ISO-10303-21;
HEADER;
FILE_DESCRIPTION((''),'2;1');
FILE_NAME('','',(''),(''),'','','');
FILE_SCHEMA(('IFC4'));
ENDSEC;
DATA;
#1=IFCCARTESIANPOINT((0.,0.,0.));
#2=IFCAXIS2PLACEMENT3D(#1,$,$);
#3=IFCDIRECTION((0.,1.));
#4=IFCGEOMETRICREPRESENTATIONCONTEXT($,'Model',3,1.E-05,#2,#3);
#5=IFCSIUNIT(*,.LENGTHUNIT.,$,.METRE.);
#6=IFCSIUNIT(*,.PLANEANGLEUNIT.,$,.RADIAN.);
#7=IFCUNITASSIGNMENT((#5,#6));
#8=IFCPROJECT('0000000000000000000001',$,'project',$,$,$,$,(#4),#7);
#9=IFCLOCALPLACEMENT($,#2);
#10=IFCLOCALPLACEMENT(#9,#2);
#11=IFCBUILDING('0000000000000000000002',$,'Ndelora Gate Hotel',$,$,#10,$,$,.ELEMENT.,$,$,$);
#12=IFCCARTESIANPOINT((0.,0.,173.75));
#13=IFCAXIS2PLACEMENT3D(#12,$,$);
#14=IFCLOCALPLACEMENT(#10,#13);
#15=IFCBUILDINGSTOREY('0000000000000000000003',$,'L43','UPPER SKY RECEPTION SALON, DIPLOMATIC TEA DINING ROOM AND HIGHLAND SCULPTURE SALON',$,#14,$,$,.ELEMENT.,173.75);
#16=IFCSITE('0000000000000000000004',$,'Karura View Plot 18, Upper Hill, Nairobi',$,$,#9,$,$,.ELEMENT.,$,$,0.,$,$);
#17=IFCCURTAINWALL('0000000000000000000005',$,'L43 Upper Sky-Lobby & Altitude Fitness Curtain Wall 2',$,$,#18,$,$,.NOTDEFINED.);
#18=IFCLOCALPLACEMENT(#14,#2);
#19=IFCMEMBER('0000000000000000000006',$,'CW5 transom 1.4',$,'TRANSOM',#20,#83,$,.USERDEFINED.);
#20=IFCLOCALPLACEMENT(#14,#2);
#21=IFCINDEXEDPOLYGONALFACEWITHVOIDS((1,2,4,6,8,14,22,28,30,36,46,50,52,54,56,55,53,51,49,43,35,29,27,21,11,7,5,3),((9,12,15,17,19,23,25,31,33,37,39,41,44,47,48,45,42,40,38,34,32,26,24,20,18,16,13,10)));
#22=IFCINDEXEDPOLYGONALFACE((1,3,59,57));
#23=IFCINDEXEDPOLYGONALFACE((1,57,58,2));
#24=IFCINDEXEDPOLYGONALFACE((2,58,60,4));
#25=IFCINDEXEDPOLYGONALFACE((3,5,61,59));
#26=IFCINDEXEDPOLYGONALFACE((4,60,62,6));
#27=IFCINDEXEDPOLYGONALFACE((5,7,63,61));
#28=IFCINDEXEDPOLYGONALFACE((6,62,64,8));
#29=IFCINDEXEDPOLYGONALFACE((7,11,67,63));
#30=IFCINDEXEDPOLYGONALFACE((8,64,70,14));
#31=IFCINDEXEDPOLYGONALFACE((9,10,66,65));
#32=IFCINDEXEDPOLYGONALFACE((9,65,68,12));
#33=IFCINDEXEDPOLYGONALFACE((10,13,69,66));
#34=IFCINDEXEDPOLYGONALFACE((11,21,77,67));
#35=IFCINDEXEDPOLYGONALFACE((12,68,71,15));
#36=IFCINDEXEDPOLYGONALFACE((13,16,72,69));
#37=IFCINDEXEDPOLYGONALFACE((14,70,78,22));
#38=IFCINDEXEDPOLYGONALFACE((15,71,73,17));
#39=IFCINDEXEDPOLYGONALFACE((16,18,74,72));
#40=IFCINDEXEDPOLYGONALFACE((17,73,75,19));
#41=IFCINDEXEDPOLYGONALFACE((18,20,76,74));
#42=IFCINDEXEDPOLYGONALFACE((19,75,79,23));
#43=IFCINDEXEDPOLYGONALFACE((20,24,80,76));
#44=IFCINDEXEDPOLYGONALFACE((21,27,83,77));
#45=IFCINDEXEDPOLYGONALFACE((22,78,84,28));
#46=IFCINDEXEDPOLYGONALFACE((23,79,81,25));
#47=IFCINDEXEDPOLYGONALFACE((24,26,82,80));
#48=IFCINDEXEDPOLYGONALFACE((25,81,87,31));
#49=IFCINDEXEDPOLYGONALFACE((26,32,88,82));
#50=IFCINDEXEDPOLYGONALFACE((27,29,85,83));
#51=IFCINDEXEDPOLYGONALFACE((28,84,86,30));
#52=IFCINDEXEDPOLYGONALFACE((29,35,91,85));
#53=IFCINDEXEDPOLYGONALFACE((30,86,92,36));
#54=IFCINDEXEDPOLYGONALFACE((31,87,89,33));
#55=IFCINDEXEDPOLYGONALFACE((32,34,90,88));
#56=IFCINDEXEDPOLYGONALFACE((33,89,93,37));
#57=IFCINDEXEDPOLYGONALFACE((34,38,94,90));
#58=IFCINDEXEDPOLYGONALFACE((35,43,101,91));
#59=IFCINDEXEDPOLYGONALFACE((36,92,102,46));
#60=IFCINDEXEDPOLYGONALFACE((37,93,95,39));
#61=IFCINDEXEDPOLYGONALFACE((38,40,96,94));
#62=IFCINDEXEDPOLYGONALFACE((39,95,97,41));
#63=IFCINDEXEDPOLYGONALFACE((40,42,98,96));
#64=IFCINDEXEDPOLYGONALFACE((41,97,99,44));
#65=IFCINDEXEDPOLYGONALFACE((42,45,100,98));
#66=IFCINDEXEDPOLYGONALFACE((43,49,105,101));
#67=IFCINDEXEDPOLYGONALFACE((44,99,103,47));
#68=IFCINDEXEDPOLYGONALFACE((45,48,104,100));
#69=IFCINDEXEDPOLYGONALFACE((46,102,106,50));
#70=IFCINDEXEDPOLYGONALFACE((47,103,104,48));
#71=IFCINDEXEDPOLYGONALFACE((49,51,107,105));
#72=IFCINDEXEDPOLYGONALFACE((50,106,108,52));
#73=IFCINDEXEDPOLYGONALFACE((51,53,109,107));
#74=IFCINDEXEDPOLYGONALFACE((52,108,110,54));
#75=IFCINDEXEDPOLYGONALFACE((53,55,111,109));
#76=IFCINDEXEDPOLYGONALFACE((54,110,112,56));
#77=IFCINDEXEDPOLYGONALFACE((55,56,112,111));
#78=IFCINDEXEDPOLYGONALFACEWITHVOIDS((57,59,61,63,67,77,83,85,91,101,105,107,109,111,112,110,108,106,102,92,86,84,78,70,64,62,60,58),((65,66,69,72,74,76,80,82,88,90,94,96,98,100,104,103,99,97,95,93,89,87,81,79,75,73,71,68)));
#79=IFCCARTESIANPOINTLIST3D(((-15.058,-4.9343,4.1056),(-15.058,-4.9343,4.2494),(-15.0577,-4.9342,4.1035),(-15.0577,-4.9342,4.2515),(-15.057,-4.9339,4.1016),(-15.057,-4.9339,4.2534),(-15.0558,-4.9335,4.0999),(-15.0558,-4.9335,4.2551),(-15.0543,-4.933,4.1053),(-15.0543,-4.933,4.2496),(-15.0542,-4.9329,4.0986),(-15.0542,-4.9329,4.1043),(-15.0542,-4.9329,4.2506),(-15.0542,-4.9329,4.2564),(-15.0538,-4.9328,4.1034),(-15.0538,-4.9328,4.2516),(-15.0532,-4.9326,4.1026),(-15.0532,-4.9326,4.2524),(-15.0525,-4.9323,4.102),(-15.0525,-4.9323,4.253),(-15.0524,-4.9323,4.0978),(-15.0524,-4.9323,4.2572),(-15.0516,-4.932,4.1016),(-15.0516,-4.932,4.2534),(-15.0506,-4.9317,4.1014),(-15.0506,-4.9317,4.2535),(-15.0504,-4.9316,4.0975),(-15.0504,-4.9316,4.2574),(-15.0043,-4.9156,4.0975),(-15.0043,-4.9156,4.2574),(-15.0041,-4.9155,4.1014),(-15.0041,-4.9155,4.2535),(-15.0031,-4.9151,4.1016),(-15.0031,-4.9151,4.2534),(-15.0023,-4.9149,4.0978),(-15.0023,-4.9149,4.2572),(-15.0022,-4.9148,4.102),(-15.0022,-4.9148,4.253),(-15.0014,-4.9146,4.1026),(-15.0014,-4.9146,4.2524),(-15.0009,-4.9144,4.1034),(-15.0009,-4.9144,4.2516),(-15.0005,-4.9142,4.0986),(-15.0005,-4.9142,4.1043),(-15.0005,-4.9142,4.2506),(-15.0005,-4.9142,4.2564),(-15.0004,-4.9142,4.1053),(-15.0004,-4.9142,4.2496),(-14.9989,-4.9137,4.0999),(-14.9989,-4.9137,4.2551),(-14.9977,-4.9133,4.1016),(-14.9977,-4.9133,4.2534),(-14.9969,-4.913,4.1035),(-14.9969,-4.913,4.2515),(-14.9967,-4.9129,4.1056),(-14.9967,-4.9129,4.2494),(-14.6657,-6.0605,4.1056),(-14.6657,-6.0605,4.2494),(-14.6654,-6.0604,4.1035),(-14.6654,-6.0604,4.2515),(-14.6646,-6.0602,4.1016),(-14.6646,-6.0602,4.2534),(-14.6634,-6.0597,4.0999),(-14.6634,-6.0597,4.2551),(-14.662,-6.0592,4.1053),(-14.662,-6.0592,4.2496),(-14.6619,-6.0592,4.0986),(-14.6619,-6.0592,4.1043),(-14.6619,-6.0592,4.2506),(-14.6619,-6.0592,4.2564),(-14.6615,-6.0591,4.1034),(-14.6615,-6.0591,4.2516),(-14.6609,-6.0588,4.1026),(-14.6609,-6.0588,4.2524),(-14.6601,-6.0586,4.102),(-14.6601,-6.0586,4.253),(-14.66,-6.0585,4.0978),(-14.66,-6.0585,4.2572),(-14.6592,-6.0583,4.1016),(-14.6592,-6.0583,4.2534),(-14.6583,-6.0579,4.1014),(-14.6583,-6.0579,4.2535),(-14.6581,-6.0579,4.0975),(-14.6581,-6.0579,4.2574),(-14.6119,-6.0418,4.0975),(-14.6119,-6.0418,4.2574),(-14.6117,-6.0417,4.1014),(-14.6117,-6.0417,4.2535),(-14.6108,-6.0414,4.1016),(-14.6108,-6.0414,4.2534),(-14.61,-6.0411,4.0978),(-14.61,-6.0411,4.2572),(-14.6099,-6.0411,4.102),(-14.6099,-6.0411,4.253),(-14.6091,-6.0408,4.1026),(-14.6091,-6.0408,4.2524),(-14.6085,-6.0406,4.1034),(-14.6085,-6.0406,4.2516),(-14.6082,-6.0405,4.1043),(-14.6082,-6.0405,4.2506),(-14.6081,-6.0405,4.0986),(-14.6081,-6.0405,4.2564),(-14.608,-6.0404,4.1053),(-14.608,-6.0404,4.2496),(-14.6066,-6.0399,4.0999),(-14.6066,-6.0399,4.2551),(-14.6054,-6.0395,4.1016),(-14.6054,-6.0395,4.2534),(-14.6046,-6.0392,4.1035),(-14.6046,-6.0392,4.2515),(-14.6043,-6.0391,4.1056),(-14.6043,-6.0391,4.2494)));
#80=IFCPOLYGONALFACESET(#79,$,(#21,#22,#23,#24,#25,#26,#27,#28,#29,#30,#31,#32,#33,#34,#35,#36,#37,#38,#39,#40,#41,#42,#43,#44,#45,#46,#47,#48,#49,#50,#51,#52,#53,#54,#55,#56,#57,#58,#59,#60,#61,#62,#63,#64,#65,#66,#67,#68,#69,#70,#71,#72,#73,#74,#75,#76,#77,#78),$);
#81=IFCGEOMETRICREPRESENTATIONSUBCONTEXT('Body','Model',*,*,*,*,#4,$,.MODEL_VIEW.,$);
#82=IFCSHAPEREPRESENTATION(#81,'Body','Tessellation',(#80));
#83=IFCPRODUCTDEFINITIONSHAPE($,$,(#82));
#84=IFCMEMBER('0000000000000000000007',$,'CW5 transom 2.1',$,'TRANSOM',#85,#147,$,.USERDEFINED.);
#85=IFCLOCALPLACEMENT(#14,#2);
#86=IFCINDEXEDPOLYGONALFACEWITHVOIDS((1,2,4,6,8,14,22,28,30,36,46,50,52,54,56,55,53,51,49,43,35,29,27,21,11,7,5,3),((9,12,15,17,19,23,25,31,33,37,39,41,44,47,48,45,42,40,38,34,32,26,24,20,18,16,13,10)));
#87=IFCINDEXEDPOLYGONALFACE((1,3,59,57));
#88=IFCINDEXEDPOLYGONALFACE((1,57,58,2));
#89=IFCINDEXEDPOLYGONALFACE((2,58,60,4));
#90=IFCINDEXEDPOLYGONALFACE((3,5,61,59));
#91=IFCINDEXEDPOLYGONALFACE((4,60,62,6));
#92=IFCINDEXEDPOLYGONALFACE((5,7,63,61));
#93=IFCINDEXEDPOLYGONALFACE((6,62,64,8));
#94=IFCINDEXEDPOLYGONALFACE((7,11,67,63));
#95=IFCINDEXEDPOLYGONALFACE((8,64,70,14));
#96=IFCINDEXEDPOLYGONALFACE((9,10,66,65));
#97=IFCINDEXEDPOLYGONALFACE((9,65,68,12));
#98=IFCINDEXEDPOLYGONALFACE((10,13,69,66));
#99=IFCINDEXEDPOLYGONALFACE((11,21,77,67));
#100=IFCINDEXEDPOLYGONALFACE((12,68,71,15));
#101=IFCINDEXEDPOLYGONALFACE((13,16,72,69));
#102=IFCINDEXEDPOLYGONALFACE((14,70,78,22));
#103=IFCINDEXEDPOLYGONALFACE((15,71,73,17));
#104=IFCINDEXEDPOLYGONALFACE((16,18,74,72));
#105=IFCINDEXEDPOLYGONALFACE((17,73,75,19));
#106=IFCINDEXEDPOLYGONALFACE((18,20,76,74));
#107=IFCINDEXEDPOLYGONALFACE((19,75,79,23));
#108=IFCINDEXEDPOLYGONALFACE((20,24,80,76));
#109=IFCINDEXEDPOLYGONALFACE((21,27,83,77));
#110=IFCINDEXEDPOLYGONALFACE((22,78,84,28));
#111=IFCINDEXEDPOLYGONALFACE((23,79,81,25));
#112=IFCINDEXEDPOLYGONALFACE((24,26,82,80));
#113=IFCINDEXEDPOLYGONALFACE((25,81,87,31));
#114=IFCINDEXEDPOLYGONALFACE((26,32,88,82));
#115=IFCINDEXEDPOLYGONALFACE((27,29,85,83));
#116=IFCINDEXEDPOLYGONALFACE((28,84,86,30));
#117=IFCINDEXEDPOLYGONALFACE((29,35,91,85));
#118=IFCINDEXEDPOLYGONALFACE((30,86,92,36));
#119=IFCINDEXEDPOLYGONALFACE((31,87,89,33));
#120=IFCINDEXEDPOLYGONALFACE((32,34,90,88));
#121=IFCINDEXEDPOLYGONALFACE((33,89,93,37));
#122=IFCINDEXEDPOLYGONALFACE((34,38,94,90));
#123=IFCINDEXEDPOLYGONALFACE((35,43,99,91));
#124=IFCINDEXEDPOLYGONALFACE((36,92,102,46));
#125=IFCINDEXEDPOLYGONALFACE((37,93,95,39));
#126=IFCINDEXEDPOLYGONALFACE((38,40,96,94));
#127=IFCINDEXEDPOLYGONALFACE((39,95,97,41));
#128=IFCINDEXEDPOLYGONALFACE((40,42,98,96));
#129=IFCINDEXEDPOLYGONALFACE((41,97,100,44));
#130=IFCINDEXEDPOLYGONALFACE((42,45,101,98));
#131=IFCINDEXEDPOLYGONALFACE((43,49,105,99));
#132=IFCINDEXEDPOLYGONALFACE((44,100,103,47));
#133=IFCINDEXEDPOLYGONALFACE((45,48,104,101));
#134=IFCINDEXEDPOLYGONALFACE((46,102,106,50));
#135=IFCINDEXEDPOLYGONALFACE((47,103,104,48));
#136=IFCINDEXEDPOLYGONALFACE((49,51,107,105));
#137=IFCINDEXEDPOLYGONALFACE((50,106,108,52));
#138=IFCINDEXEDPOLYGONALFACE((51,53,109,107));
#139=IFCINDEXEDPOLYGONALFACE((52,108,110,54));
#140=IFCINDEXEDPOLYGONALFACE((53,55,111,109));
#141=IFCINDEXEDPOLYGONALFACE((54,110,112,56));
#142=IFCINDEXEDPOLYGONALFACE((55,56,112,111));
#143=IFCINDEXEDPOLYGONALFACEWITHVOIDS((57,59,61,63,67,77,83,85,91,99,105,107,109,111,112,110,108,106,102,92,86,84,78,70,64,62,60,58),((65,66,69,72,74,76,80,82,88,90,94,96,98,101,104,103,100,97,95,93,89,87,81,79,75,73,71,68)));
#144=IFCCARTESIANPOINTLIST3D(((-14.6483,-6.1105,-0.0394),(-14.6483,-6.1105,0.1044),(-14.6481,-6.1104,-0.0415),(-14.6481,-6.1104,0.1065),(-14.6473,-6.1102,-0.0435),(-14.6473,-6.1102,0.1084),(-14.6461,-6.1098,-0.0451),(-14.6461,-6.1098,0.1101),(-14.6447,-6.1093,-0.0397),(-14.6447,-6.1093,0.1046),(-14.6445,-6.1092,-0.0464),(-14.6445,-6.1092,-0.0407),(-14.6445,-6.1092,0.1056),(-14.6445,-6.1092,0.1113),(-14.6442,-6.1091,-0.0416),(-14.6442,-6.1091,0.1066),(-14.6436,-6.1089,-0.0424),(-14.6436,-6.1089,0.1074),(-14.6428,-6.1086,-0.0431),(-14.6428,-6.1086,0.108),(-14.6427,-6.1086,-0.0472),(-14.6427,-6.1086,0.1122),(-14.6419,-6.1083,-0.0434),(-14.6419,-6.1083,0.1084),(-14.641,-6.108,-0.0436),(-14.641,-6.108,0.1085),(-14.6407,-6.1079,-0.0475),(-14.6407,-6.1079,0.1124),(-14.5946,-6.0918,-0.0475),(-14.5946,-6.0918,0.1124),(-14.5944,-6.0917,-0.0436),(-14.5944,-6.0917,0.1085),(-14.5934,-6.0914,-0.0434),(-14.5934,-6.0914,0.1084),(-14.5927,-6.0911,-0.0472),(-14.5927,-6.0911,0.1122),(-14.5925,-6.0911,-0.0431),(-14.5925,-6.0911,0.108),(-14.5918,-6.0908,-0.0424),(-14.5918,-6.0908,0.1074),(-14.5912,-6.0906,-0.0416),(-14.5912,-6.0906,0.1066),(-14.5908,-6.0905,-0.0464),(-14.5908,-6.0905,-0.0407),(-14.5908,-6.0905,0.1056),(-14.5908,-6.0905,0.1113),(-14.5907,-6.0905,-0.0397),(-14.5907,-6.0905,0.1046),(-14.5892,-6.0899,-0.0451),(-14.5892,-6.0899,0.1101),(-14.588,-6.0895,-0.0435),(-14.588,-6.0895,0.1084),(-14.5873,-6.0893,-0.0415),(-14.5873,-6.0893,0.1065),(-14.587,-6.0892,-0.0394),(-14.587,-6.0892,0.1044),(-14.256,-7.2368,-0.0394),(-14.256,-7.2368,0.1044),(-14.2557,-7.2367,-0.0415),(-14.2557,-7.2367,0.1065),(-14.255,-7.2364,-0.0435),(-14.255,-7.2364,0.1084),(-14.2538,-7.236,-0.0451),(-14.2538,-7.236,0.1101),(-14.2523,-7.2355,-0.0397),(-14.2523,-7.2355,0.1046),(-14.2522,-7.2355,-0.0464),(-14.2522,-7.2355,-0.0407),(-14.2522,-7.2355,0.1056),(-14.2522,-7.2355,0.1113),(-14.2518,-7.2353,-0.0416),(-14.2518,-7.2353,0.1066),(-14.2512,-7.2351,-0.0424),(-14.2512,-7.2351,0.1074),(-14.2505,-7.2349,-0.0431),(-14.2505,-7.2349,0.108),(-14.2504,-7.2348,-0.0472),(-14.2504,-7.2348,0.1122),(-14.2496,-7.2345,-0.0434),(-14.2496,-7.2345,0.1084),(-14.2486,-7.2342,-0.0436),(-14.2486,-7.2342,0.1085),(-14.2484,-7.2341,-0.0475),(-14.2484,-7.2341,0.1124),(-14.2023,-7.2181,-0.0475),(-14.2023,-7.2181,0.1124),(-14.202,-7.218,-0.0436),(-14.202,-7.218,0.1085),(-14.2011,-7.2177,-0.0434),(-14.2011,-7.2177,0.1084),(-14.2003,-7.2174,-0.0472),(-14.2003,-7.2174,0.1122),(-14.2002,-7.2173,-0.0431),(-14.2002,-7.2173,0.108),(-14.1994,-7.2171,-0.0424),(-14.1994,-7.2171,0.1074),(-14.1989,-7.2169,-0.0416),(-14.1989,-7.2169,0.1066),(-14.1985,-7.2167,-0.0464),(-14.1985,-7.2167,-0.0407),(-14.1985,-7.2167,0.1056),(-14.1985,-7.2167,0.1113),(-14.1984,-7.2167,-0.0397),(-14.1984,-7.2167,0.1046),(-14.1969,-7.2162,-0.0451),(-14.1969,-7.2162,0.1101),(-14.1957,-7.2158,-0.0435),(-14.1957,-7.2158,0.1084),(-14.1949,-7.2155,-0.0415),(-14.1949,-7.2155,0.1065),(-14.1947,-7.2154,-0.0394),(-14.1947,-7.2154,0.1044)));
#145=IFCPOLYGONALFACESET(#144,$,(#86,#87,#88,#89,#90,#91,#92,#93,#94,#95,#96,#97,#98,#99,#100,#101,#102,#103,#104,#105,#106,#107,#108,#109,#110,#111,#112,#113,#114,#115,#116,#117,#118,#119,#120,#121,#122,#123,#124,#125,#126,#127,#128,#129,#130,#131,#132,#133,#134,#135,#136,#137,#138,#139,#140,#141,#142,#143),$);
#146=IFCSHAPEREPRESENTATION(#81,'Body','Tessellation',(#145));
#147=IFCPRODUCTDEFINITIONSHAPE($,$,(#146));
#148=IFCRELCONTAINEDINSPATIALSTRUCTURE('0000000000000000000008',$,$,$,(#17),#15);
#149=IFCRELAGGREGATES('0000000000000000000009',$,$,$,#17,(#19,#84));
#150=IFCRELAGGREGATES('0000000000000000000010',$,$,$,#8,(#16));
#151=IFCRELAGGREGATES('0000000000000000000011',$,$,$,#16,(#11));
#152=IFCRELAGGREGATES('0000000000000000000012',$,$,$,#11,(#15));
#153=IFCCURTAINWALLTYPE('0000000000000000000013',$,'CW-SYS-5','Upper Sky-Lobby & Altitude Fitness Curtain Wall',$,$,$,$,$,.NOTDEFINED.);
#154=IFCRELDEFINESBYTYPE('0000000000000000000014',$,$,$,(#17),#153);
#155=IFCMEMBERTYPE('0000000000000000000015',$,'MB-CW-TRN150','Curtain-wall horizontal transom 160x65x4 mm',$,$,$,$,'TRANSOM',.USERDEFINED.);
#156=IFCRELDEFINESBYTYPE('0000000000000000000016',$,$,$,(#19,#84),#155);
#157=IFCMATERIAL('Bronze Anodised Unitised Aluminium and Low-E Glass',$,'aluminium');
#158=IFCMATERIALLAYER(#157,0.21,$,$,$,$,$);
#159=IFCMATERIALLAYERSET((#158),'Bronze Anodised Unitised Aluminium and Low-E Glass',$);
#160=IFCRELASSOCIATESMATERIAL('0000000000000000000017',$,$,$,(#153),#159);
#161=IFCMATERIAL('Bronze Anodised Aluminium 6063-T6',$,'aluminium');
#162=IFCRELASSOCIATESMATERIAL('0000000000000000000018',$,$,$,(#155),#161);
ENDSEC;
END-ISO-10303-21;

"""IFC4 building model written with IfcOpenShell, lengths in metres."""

from ifc_helpers import new_model, si_unit, direction, frame, origin, origin_2d, place, context, subcontext, project, spatial, hollow_rectangle, extrude, material, layer, layer_set, material_profile, profile_set, type_object, element, aggregate, save


model = new_model("IFC4")

# Units and contexts
model_context = context("Model", 3, precision=1e-05, world=origin(), true_north=direction((0.0, 1.0)))
body_context = subcontext(model_context, "Body", "Model", "MODEL_VIEW")
ifc_project = project(units=[si_unit("LENGTHUNIT", "METRE"), si_unit("PLANEANGLEUNIT", "RADIAN")], contexts=[model_context])

# Site, building, storey
site_placement = place(None, origin())
site = spatial("IfcSite", under=ifc_project, at=site_placement, Name="Karura View Plot 18, Upper Hill, Nairobi", CompositionType="ELEMENT", RefElevation=0.0)
building_placement = place(site_placement, origin())
building = spatial("IfcBuilding", under=site, at=building_placement, Name="Ndelora Gate Hotel", CompositionType="ELEMENT")
storey_placement = place(building_placement, frame((0.0, 0.0, 173.75)))
storey = spatial("IfcBuildingStorey", under=building, at=storey_placement, Name="L43", Description="UPPER SKY RECEPTION SALON, DIPLOMATIC TEA DINING ROOM AND HIGHLAND SCULPTURE SALON", CompositionType="ELEMENT", Elevation=173.75)

# Curtain wall, members
ifc_material_1 = material(Name="Bronze Anodised Unitised Aluminium and Low-E Glass", Category="aluminium")
ifc_layer_1 = layer(ifc_material_1, 0.21)
ifc_layer_set_1 = layer_set([ifc_layer_1], Name="Bronze Anodised Unitised Aluminium and Low-E Glass")
curtain_wall_type = type_object("IfcCurtainWallType", Name="CW-SYS-5", Description="Upper Sky-Lobby & Altitude Fitness Curtain Wall", PredefinedType="NOTDEFINED", material=ifc_layer_set_1)
curtain_wall_placement = place(storey_placement, origin())
curtain_wall = element("IfcCurtainWall", 1, at=curtain_wall_placement, inside=storey, type_object=curtain_wall_type, Name="L43 Upper Sky-Lobby & Altitude Fitness Curtain Wall 2", PredefinedType="NOTDEFINED")
ifc_material_2 = material(Name="Bronze Anodised Aluminium 6063-T6", Category="aluminium")
ifc_material_profile_1 = material_profile(ifc_material_2, hollow_rectangle(XDim=0.0649, YDim=0.1599, WallThickness=0.0039, InnerFilletRadius=0.0039, OuterFilletRadius=0.0081, at=origin_2d()), Name="ALU 160x65x4")
ifc_profile_set_1 = profile_set([ifc_material_profile_1], Name="Bronze Anodised Aluminium 6063-T6")
member_type_1 = type_object("IfcMemberType", Name="MB-CW-TRN150", Description="Curtain-wall horizontal transom 160x65x4 mm", ElementType="TRANSOM", PredefinedType="USERDEFINED", material=ifc_profile_set_1)
member_1_placement = place(storey_placement, frame((-15.0273, -4.9236, 4.1775), z_axis=(0.328973, -0.944339, 0.0), x_axis=(0.944339, 0.328973, 0.0)))
member_1 = element("IfcMember", 2, at=member_1_placement, type_object=member_type_1, Name="CW5 transom 1.4", ObjectType="TRANSOM", PredefinedType="USERDEFINED", context=body_context, shape_type="SweptSolid", body=[
    extrude(hollow_rectangle(XDim=0.0649, YDim=0.1599, WallThickness=0.0039, InnerFilletRadius=0.0039, OuterFilletRadius=0.0081, at=origin_2d()), origin(), (0.0, 0.0, 1.0), 1.1926),
])
member_2_placement = place(storey_placement, frame((-14.6177, -6.0999, 0.0325), z_axis=(0.328973, -0.944339, 0.0), x_axis=(0.944339, 0.328973, 0.0)))
member_2 = element("IfcMember", 3, at=member_2_placement, type_object=member_type_1, Name="CW5 transom 2.1", ObjectType="TRANSOM", PredefinedType="USERDEFINED", context=body_context, shape_type="SweptSolid", body=[
    extrude(hollow_rectangle(XDim=0.0649, YDim=0.1599, WallThickness=0.0039, InnerFilletRadius=0.0039, OuterFilletRadius=0.0081, at=origin_2d()), origin(), (0.0, 0.0, 1.0), 1.1926),
])
aggregate(curtain_wall, [member_1, member_2])

save(model, "model.ifc")
